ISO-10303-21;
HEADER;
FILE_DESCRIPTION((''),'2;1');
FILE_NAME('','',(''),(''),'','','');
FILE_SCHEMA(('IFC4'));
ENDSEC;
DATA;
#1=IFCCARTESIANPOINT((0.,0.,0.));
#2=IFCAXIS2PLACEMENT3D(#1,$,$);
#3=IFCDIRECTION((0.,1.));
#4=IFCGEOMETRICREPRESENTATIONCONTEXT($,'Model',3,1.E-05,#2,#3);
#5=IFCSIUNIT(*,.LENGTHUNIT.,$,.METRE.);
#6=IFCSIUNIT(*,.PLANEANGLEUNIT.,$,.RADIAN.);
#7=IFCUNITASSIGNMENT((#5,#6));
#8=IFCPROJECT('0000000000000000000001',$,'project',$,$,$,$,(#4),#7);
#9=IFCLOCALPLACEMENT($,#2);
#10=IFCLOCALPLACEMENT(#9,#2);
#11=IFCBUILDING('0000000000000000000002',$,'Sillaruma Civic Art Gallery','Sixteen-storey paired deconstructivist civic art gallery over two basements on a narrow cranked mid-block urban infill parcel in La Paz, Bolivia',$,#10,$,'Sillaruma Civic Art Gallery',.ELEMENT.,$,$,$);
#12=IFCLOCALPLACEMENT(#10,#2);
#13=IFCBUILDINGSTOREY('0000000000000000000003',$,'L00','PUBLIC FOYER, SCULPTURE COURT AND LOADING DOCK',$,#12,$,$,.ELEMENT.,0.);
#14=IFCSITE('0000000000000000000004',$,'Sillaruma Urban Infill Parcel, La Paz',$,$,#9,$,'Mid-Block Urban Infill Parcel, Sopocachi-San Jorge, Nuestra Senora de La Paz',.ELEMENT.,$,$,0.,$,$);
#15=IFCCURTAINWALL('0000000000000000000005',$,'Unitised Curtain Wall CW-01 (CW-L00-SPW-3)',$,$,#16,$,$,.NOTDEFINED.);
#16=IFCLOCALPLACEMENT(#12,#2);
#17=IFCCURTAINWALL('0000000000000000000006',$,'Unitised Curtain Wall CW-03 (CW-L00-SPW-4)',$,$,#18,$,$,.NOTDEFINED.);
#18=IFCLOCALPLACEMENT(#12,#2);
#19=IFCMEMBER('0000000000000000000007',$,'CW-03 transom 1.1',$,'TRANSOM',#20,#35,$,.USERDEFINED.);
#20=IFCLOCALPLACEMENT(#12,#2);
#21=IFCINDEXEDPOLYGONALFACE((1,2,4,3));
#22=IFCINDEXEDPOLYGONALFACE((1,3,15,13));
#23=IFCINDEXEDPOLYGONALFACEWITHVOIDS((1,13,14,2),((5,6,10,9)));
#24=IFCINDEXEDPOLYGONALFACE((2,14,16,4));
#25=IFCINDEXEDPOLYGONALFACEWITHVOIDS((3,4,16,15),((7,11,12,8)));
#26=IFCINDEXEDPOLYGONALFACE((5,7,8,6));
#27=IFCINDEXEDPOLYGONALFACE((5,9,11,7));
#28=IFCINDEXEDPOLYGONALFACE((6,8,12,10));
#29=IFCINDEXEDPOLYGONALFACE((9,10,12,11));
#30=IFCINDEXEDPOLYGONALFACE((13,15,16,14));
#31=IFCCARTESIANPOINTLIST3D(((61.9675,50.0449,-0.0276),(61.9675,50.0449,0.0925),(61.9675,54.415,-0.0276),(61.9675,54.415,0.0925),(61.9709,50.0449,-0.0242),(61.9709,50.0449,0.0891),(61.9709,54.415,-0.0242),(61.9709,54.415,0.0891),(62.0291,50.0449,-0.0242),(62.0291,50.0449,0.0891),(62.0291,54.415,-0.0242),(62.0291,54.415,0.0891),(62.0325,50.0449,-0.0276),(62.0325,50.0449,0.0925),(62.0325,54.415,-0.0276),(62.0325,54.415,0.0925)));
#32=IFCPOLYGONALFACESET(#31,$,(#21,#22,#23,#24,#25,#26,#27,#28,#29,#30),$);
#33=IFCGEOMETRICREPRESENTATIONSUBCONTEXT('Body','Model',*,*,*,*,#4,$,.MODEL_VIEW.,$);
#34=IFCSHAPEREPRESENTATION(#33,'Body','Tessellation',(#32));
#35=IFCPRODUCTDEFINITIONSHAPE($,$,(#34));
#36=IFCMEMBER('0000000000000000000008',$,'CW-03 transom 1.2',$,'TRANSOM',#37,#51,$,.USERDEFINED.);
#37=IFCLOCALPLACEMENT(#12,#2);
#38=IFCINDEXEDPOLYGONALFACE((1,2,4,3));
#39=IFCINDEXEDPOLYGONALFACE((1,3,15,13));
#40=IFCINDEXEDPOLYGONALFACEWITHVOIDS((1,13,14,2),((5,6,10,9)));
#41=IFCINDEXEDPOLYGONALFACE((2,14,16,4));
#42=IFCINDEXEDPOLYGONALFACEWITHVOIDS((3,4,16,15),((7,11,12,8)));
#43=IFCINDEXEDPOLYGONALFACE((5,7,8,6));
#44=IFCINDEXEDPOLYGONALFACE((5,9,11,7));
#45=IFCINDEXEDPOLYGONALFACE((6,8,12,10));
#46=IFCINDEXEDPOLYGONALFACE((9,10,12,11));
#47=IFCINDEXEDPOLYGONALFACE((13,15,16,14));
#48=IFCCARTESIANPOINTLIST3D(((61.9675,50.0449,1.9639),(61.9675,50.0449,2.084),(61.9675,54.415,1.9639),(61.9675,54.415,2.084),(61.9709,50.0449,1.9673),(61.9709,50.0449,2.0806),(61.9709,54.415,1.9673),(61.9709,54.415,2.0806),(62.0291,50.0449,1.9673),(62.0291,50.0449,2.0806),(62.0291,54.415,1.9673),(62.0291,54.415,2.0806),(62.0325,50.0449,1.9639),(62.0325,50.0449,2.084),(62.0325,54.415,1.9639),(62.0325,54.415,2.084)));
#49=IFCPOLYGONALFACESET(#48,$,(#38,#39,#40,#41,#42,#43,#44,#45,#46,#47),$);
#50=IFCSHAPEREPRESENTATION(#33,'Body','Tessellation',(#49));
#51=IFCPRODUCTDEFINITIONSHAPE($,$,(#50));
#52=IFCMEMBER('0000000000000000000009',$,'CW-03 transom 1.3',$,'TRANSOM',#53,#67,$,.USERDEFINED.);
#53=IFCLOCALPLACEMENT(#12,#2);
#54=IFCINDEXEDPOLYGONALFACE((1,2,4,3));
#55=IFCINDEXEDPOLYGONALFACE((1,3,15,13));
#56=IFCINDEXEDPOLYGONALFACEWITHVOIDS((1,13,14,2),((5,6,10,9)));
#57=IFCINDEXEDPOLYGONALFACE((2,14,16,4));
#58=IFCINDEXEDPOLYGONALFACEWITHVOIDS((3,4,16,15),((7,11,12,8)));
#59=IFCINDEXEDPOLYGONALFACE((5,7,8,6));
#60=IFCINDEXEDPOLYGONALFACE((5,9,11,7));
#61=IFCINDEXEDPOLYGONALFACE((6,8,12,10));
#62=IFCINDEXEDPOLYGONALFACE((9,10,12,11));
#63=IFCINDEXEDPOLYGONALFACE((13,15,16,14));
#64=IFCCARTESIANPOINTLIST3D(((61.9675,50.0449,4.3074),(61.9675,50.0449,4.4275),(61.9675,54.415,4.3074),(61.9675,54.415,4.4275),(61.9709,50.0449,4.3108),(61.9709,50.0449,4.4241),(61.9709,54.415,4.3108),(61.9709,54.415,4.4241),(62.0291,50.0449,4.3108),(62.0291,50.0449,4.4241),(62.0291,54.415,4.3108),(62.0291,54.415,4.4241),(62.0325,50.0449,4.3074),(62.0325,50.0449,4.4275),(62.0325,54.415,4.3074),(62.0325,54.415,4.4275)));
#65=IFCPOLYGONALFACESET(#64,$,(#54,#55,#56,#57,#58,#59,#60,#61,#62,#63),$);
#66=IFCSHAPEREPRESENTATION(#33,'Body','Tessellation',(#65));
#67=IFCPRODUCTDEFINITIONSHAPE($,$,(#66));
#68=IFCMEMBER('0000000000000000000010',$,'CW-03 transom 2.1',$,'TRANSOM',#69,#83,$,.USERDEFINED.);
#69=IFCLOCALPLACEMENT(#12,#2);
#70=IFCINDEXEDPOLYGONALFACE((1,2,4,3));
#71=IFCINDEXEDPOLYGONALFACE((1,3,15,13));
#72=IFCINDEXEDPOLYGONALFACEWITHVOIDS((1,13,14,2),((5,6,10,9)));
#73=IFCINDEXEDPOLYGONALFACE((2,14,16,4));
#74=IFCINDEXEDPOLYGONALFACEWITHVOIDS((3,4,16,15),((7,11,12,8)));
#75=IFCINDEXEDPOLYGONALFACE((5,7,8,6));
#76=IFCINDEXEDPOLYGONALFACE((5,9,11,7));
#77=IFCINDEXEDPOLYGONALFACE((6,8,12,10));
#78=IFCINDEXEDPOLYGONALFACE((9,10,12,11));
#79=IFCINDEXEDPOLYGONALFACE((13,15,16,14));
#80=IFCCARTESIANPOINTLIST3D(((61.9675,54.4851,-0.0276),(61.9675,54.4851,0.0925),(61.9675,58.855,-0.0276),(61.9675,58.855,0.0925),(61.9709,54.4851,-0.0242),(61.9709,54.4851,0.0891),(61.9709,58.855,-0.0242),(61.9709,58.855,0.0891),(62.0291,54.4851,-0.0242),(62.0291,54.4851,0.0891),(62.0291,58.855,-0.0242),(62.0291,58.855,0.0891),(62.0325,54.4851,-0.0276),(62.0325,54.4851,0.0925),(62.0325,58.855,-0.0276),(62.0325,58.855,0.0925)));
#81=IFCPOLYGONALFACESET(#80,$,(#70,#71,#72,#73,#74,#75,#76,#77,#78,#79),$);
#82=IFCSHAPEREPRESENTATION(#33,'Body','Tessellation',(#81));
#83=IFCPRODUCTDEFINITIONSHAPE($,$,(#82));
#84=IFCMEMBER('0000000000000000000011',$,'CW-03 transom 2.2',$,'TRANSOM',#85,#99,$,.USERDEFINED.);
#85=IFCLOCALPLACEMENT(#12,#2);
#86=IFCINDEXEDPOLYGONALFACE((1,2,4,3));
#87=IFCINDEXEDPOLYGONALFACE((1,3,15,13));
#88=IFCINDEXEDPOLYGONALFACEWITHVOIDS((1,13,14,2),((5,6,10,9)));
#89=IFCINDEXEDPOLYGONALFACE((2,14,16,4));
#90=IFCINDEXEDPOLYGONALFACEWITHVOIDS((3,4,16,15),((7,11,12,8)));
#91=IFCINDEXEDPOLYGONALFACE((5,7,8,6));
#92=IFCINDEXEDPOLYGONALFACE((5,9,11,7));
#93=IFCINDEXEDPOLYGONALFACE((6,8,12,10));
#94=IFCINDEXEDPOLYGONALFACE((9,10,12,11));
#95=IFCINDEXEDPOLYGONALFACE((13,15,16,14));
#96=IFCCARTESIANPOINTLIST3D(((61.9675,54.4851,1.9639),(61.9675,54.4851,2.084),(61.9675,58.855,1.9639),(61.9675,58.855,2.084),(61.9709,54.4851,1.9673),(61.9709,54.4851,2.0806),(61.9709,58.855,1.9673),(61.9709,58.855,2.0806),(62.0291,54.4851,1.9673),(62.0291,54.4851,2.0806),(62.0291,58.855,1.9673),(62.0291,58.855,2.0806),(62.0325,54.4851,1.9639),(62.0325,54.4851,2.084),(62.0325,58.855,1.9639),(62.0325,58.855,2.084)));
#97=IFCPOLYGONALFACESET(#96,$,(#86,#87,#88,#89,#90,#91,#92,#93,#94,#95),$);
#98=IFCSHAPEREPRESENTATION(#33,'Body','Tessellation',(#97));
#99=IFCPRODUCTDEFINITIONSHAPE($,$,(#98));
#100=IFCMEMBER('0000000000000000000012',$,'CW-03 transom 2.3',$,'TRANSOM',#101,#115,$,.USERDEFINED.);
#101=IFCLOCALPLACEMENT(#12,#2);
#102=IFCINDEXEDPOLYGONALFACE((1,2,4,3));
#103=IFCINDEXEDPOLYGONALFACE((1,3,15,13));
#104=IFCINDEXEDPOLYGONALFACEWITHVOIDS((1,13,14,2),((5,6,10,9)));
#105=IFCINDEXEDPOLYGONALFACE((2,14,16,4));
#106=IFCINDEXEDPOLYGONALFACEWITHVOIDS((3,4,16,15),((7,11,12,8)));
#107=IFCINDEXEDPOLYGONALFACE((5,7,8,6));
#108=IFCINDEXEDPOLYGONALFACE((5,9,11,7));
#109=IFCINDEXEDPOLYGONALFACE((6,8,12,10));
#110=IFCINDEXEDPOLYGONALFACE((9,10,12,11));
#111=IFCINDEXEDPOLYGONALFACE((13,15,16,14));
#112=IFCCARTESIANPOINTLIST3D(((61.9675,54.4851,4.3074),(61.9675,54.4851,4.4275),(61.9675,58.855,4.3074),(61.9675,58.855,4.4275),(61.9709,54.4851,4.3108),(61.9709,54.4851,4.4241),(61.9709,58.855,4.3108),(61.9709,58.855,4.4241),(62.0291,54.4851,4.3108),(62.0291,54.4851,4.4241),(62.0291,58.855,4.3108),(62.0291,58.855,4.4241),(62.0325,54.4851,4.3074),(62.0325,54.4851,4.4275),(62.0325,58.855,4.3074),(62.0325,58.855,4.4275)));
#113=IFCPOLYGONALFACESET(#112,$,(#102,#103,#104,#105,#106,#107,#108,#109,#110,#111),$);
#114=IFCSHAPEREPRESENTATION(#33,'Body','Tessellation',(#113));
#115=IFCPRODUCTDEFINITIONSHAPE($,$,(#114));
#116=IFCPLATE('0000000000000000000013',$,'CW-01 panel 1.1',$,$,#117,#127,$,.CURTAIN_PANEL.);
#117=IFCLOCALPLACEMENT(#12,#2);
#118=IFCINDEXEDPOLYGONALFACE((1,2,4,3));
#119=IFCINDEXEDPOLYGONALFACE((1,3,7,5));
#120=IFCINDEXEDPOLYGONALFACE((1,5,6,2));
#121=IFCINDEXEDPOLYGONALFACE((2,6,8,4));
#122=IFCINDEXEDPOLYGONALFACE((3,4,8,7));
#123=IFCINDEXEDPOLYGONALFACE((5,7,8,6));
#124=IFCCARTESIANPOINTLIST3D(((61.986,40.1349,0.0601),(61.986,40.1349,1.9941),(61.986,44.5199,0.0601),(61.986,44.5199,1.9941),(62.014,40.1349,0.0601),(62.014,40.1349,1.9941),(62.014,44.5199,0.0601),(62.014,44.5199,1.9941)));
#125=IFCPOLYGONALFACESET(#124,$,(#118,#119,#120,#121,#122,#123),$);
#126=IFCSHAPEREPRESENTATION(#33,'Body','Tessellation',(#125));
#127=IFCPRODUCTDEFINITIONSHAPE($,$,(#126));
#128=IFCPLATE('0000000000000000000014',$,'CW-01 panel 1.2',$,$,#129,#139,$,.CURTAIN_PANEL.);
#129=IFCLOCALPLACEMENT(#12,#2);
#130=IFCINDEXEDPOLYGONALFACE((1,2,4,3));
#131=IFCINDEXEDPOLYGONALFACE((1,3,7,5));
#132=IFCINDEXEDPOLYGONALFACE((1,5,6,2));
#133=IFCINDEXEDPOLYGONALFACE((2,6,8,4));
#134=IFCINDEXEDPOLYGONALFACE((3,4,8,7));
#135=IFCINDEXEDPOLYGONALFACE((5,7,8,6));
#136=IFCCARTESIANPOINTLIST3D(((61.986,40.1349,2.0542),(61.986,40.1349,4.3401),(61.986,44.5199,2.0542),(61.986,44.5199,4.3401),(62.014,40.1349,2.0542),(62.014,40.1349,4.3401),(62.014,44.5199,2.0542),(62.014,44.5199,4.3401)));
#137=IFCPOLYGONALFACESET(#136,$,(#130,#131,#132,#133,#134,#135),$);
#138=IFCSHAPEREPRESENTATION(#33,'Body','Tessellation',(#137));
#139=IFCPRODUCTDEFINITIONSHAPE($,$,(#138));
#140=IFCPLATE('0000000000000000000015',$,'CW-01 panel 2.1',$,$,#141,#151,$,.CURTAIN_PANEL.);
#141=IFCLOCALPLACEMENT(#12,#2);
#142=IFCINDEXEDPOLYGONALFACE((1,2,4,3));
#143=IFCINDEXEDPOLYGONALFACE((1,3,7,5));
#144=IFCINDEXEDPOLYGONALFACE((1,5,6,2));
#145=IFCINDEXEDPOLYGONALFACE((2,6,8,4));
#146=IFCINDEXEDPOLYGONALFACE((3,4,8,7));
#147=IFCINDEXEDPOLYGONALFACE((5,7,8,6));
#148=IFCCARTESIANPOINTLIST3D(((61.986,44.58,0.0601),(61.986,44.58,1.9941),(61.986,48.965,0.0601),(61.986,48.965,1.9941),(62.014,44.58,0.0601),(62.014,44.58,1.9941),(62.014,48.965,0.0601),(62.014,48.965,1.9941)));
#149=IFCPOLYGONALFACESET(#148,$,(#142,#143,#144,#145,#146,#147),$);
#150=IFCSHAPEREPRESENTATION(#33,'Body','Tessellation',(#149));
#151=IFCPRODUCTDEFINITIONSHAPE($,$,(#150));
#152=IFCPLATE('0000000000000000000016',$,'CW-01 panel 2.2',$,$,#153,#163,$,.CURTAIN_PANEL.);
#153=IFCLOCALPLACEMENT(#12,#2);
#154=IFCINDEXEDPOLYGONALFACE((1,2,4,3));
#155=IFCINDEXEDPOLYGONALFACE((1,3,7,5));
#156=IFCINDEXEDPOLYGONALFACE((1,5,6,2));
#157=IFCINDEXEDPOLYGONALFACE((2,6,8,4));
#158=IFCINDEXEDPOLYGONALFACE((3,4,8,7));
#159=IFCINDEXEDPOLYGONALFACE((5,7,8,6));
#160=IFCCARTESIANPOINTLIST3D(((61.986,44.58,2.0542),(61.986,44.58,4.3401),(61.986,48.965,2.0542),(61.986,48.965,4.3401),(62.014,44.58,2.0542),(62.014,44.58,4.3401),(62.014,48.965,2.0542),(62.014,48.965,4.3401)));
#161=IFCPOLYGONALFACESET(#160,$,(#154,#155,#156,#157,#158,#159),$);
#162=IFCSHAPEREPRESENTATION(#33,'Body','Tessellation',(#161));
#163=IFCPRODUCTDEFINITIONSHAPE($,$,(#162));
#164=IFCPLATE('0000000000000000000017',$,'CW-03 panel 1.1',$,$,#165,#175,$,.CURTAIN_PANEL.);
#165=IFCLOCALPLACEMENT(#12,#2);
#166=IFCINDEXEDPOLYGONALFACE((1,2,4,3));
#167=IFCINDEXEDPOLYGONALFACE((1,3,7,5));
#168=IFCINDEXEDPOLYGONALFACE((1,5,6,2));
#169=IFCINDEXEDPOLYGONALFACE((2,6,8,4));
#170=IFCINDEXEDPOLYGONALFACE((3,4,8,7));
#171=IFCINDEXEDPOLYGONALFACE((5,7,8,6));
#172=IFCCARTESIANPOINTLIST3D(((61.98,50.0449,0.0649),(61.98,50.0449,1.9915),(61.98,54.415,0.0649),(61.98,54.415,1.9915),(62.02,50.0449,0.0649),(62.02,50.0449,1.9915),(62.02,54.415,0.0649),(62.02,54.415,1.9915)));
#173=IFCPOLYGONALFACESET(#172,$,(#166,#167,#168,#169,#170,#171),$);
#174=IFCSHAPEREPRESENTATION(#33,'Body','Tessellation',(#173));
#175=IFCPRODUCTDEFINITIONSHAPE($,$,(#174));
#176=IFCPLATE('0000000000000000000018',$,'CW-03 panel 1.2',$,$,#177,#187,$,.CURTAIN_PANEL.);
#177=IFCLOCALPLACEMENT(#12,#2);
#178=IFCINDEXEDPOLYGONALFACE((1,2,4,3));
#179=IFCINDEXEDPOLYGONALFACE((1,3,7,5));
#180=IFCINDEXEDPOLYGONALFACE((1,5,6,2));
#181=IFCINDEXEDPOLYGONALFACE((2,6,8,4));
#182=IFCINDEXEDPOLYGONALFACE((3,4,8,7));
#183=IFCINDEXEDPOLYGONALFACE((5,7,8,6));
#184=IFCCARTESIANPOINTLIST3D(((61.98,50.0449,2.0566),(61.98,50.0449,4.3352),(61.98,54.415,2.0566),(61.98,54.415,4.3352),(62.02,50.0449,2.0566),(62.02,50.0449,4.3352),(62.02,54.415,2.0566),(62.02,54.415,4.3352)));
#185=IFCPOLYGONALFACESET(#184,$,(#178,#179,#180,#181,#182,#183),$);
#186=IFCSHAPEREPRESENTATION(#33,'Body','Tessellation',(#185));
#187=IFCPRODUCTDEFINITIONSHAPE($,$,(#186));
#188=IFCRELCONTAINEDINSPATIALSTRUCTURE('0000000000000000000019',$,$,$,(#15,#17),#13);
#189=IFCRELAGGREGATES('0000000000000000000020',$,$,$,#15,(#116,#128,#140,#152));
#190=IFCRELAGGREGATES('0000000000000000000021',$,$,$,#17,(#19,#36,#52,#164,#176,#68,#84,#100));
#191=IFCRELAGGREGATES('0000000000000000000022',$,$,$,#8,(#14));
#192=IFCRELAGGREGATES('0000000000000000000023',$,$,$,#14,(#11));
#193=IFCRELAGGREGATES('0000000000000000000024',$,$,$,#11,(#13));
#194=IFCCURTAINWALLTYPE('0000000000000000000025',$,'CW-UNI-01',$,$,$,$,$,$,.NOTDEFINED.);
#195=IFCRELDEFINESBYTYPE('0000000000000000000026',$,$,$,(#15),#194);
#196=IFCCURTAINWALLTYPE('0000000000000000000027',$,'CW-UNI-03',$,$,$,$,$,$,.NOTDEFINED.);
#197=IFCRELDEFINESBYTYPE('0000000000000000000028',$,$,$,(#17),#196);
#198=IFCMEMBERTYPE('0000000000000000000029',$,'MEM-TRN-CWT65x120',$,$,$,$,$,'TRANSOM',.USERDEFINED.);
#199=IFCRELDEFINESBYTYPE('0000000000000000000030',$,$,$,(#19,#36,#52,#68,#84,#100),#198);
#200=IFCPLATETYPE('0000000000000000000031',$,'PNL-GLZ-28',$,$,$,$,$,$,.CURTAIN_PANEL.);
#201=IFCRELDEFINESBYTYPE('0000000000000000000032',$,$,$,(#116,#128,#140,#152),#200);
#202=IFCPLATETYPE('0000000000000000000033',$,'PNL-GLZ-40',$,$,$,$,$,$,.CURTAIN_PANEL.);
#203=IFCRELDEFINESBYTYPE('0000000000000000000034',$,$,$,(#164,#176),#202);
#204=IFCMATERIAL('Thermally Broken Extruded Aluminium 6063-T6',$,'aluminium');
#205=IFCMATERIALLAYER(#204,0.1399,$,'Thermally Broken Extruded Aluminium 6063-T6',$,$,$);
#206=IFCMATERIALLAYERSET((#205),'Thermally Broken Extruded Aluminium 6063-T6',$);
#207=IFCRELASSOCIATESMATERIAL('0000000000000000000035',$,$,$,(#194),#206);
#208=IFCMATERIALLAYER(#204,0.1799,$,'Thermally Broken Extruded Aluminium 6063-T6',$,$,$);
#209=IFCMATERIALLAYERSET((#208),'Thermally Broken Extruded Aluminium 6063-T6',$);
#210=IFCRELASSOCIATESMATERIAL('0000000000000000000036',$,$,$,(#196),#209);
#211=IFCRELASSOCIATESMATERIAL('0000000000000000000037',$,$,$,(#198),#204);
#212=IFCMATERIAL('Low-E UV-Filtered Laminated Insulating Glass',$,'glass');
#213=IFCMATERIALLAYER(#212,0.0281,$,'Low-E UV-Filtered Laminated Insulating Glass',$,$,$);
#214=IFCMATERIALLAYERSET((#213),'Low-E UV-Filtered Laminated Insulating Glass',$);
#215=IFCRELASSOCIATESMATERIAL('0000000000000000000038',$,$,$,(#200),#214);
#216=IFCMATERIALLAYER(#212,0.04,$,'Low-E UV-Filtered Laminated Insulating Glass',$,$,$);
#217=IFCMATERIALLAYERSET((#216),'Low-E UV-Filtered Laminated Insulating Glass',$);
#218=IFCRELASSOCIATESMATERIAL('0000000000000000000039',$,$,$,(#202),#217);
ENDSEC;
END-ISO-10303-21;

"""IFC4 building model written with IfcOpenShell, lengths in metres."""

from ifc_helpers import new_model, si_unit, direction, frame, origin, origin_2d, place, context, subcontext, project, spatial, rectangle, hollow_rectangle, extrude, material, layer, layer_set, material_profile, profile_set, type_object, element, aggregate, save


model = new_model("IFC4")

# Units and contexts
model_context = context("Model", 3, precision=1e-05, world=origin(), true_north=direction((0.0, 1.0)))
body_context = subcontext(model_context, "Body", "Model", "MODEL_VIEW")
ifc_project = project(units=[si_unit("LENGTHUNIT", "METRE"), si_unit("PLANEANGLEUNIT", "RADIAN")], contexts=[model_context])

# Site, building, storey
site_placement = place(None, origin())
site = spatial("IfcSite", under=ifc_project, at=site_placement, Name="Sillaruma Urban Infill Parcel, La Paz", LongName="Mid-Block Urban Infill Parcel, Sopocachi-San Jorge, Nuestra Senora de La Paz", CompositionType="ELEMENT", RefElevation=0.0)
building_placement = place(site_placement, origin())
building = spatial("IfcBuilding", under=site, at=building_placement, Name="Sillaruma Civic Art Gallery", Description="Sixteen-storey paired deconstructivist civic art gallery over two basements on a narrow cranked mid-block urban infill parcel in La Paz, Bolivia", LongName="Sillaruma Civic Art Gallery", CompositionType="ELEMENT")
storey_placement = place(building_placement, origin())
storey = spatial("IfcBuildingStorey", under=building, at=storey_placement, Name="L00", Description="PUBLIC FOYER, SCULPTURE COURT AND LOADING DOCK", CompositionType="ELEMENT", Elevation=0.0)

# Curtain walls
ifc_material_1 = material(Name="Thermally Broken Extruded Aluminium 6063-T6", Category="aluminium")
ifc_layer_1 = layer(ifc_material_1, 0.1399, Name="Thermally Broken Extruded Aluminium 6063-T6")
ifc_layer_set_1 = layer_set([ifc_layer_1], Name="Thermally Broken Extruded Aluminium 6063-T6")
curtain_wall_type_1 = type_object("IfcCurtainWallType", Name="CW-UNI-01", PredefinedType="NOTDEFINED", material=ifc_layer_set_1)
curtain_wall_1_placement = place(storey_placement, origin())
curtain_wall_1 = element("IfcCurtainWall", 1, at=curtain_wall_1_placement, inside=storey, type_object=curtain_wall_type_1, Name="Unitised Curtain Wall CW-01 (CW-L00-SPW-3)", PredefinedType="NOTDEFINED")
ifc_layer_2 = layer(ifc_material_1, 0.1799, Name="Thermally Broken Extruded Aluminium 6063-T6")
ifc_layer_set_2 = layer_set([ifc_layer_2], Name="Thermally Broken Extruded Aluminium 6063-T6")
curtain_wall_type_2 = type_object("IfcCurtainWallType", Name="CW-UNI-03", PredefinedType="NOTDEFINED", material=ifc_layer_set_2)
curtain_wall_2_placement = place(storey_placement, origin())
curtain_wall_2 = element("IfcCurtainWall", 2, at=curtain_wall_2_placement, inside=storey, type_object=curtain_wall_type_2, Name="Unitised Curtain Wall CW-03 (CW-L00-SPW-4)", PredefinedType="NOTDEFINED")

# Members
ifc_material_profile_1 = material_profile(ifc_material_1, hollow_rectangle(XDim=0.0649, YDim=0.1201, WallThickness=0.0034, at=origin_2d()), Name="CWT65x120")
ifc_profile_set_1 = profile_set([ifc_material_profile_1], Name="Thermally Broken Extruded Aluminium 6063-T6")
member_type_1 = type_object("IfcMemberType", Name="MEM-TRN-CWT65x120", ElementType="TRANSOM", PredefinedType="USERDEFINED", material=ifc_profile_set_1)
member_1_placement = place(storey_placement, frame((62.0, 50.0449, 0.0325), z_axis=(0.0, 1.0, 0.0), x_axis=(-1.0, 0.0, 0.0)))
member_1 = element("IfcMember", 3, at=member_1_placement, type_object=member_type_1, Name="CW-03 transom 1.1", ObjectType="TRANSOM", PredefinedType="USERDEFINED", context=body_context, shape_type="SweptSolid", body=[
    extrude(hollow_rectangle(XDim=0.0649, YDim=0.1201, WallThickness=0.0034, at=origin_2d()), origin(), (0.0, 0.0, 1.0), 4.3701),
])
member_2_placement = place(storey_placement, frame((62.0, 50.0449, 2.0239), z_axis=(0.0, 1.0, 0.0), x_axis=(-1.0, 0.0, 0.0)))
member_2 = element("IfcMember", 4, at=member_2_placement, type_object=member_type_1, Name="CW-03 transom 1.2", ObjectType="TRANSOM", PredefinedType="USERDEFINED", context=body_context, shape_type="SweptSolid", body=[
    extrude(hollow_rectangle(XDim=0.0649, YDim=0.1201, WallThickness=0.0034, at=origin_2d()), origin(), (0.0, 0.0, 1.0), 4.3701),
])
member_3_placement = place(storey_placement, frame((62.0, 50.0449, 4.3674), z_axis=(0.0, 1.0, 0.0), x_axis=(-1.0, 0.0, 0.0)))
member_3 = element("IfcMember", 5, at=member_3_placement, type_object=member_type_1, Name="CW-03 transom 1.3", ObjectType="TRANSOM", PredefinedType="USERDEFINED", context=body_context, shape_type="SweptSolid", body=[
    extrude(hollow_rectangle(XDim=0.0649, YDim=0.1201, WallThickness=0.0034, at=origin_2d()), origin(), (0.0, 0.0, 1.0), 4.3701),
])
member_4_placement = place(storey_placement, frame((62.0, 54.4851, 0.0325), z_axis=(0.0, 1.0, 0.0), x_axis=(-1.0, 0.0, 0.0)))
member_4 = element("IfcMember", 6, at=member_4_placement, type_object=member_type_1, Name="CW-03 transom 2.1", ObjectType="TRANSOM", PredefinedType="USERDEFINED", context=body_context, shape_type="SweptSolid", body=[
    extrude(hollow_rectangle(XDim=0.0649, YDim=0.1201, WallThickness=0.0034, at=origin_2d()), origin(), (0.0, 0.0, 1.0), 4.3699),
])
member_5_placement = place(storey_placement, frame((62.0, 54.4851, 2.0239), z_axis=(0.0, 1.0, 0.0), x_axis=(-1.0, 0.0, 0.0)))
member_5 = element("IfcMember", 7, at=member_5_placement, type_object=member_type_1, Name="CW-03 transom 2.2", ObjectType="TRANSOM", PredefinedType="USERDEFINED", context=body_context, shape_type="SweptSolid", body=[
    extrude(hollow_rectangle(XDim=0.0649, YDim=0.1201, WallThickness=0.0034, at=origin_2d()), origin(), (0.0, 0.0, 1.0), 4.3699),
])
member_6_placement = place(storey_placement, frame((62.0, 54.4851, 4.3674), z_axis=(0.0, 1.0, 0.0), x_axis=(-1.0, 0.0, 0.0)))
member_6 = element("IfcMember", 8, at=member_6_placement, type_object=member_type_1, Name="CW-03 transom 2.3", ObjectType="TRANSOM", PredefinedType="USERDEFINED", context=body_context, shape_type="SweptSolid", body=[
    extrude(hollow_rectangle(XDim=0.0649, YDim=0.1201, WallThickness=0.0034, at=origin_2d()), origin(), (0.0, 0.0, 1.0), 4.3699),
])

# Plates
ifc_material_2 = material(Name="Low-E UV-Filtered Laminated Insulating Glass", Category="glass")
ifc_layer_3 = layer(ifc_material_2, 0.0281, Name="Low-E UV-Filtered Laminated Insulating Glass")
ifc_layer_set_3 = layer_set([ifc_layer_3], Name="Low-E UV-Filtered Laminated Insulating Glass")
plate_type_1 = type_object("IfcPlateType", Name="PNL-GLZ-28", PredefinedType="CURTAIN_PANEL", material=ifc_layer_set_3)
plate_1_placement = place(storey_placement, frame((62.0, 42.3274, 0.0601), z_axis=(0.0, 0.0, 1.0), x_axis=(0.0, 1.0, 0.0)))
plate_1 = element("IfcPlate", 9, at=plate_1_placement, type_object=plate_type_1, Name="CW-01 panel 1.1", PredefinedType="CURTAIN_PANEL", context=body_context, shape_type="SweptSolid", body=[
    extrude(rectangle(XDim=4.385, YDim=0.0281, at=origin_2d()), origin(), (0.0, 0.0, 1.0), 1.9341),
])
plate_2_placement = place(storey_placement, frame((62.0, 42.3274, 2.0542), z_axis=(0.0, 0.0, 1.0), x_axis=(0.0, 1.0, 0.0)))
plate_2 = element("IfcPlate", 10, at=plate_2_placement, type_object=plate_type_1, Name="CW-01 panel 1.2", PredefinedType="CURTAIN_PANEL", context=body_context, shape_type="SweptSolid", body=[
    extrude(rectangle(XDim=4.385, YDim=0.0281, at=origin_2d()), origin(), (0.0, 0.0, 1.0), 2.2859),
])
plate_3_placement = place(storey_placement, frame((62.0, 46.7725, 0.0601), z_axis=(0.0, 0.0, 1.0), x_axis=(0.0, 1.0, 0.0)))
plate_3 = element("IfcPlate", 11, at=plate_3_placement, type_object=plate_type_1, Name="CW-01 panel 2.1", PredefinedType="CURTAIN_PANEL", context=body_context, shape_type="SweptSolid", body=[
    extrude(rectangle(XDim=4.385, YDim=0.0281, at=origin_2d()), origin(), (0.0, 0.0, 1.0), 1.9341),
])
plate_4_placement = place(storey_placement, frame((62.0, 46.7725, 2.0542), z_axis=(0.0, 0.0, 1.0), x_axis=(0.0, 1.0, 0.0)))
plate_4 = element("IfcPlate", 12, at=plate_4_placement, type_object=plate_type_1, Name="CW-01 panel 2.2", PredefinedType="CURTAIN_PANEL", context=body_context, shape_type="SweptSolid", body=[
    extrude(rectangle(XDim=4.385, YDim=0.0281, at=origin_2d()), origin(), (0.0, 0.0, 1.0), 2.2859),
])
aggregate(curtain_wall_1, [plate_1, plate_2, plate_3, plate_4])
ifc_layer_4 = layer(ifc_material_2, 0.04, Name="Low-E UV-Filtered Laminated Insulating Glass")
ifc_layer_set_4 = layer_set([ifc_layer_4], Name="Low-E UV-Filtered Laminated Insulating Glass")
plate_type_2 = type_object("IfcPlateType", Name="PNL-GLZ-40", PredefinedType="CURTAIN_PANEL", material=ifc_layer_set_4)
plate_5_placement = place(storey_placement, frame((62.0, 52.23, 0.0649), z_axis=(0.0, 0.0, 1.0), x_axis=(0.0, 1.0, 0.0)))
plate_5 = element("IfcPlate", 13, at=plate_5_placement, type_object=plate_type_2, Name="CW-03 panel 1.1", PredefinedType="CURTAIN_PANEL", context=body_context, shape_type="SweptSolid", body=[
    extrude(rectangle(XDim=4.3701, YDim=0.04, at=origin_2d()), origin(), (0.0, 0.0, 1.0), 1.9265),
])
plate_6_placement = place(storey_placement, frame((62.0, 52.23, 2.0566), z_axis=(0.0, 0.0, 1.0), x_axis=(0.0, 1.0, 0.0)))
plate_6 = element("IfcPlate", 14, at=plate_6_placement, type_object=plate_type_2, Name="CW-03 panel 1.2", PredefinedType="CURTAIN_PANEL", context=body_context, shape_type="SweptSolid", body=[
    extrude(rectangle(XDim=4.3701, YDim=0.04, at=origin_2d()), origin(), (0.0, 0.0, 1.0), 2.2786),
])
aggregate(curtain_wall_2, [member_1, member_2, member_3, plate_5, plate_6, member_4, member_5, member_6])

save(model, "model.ifc")
